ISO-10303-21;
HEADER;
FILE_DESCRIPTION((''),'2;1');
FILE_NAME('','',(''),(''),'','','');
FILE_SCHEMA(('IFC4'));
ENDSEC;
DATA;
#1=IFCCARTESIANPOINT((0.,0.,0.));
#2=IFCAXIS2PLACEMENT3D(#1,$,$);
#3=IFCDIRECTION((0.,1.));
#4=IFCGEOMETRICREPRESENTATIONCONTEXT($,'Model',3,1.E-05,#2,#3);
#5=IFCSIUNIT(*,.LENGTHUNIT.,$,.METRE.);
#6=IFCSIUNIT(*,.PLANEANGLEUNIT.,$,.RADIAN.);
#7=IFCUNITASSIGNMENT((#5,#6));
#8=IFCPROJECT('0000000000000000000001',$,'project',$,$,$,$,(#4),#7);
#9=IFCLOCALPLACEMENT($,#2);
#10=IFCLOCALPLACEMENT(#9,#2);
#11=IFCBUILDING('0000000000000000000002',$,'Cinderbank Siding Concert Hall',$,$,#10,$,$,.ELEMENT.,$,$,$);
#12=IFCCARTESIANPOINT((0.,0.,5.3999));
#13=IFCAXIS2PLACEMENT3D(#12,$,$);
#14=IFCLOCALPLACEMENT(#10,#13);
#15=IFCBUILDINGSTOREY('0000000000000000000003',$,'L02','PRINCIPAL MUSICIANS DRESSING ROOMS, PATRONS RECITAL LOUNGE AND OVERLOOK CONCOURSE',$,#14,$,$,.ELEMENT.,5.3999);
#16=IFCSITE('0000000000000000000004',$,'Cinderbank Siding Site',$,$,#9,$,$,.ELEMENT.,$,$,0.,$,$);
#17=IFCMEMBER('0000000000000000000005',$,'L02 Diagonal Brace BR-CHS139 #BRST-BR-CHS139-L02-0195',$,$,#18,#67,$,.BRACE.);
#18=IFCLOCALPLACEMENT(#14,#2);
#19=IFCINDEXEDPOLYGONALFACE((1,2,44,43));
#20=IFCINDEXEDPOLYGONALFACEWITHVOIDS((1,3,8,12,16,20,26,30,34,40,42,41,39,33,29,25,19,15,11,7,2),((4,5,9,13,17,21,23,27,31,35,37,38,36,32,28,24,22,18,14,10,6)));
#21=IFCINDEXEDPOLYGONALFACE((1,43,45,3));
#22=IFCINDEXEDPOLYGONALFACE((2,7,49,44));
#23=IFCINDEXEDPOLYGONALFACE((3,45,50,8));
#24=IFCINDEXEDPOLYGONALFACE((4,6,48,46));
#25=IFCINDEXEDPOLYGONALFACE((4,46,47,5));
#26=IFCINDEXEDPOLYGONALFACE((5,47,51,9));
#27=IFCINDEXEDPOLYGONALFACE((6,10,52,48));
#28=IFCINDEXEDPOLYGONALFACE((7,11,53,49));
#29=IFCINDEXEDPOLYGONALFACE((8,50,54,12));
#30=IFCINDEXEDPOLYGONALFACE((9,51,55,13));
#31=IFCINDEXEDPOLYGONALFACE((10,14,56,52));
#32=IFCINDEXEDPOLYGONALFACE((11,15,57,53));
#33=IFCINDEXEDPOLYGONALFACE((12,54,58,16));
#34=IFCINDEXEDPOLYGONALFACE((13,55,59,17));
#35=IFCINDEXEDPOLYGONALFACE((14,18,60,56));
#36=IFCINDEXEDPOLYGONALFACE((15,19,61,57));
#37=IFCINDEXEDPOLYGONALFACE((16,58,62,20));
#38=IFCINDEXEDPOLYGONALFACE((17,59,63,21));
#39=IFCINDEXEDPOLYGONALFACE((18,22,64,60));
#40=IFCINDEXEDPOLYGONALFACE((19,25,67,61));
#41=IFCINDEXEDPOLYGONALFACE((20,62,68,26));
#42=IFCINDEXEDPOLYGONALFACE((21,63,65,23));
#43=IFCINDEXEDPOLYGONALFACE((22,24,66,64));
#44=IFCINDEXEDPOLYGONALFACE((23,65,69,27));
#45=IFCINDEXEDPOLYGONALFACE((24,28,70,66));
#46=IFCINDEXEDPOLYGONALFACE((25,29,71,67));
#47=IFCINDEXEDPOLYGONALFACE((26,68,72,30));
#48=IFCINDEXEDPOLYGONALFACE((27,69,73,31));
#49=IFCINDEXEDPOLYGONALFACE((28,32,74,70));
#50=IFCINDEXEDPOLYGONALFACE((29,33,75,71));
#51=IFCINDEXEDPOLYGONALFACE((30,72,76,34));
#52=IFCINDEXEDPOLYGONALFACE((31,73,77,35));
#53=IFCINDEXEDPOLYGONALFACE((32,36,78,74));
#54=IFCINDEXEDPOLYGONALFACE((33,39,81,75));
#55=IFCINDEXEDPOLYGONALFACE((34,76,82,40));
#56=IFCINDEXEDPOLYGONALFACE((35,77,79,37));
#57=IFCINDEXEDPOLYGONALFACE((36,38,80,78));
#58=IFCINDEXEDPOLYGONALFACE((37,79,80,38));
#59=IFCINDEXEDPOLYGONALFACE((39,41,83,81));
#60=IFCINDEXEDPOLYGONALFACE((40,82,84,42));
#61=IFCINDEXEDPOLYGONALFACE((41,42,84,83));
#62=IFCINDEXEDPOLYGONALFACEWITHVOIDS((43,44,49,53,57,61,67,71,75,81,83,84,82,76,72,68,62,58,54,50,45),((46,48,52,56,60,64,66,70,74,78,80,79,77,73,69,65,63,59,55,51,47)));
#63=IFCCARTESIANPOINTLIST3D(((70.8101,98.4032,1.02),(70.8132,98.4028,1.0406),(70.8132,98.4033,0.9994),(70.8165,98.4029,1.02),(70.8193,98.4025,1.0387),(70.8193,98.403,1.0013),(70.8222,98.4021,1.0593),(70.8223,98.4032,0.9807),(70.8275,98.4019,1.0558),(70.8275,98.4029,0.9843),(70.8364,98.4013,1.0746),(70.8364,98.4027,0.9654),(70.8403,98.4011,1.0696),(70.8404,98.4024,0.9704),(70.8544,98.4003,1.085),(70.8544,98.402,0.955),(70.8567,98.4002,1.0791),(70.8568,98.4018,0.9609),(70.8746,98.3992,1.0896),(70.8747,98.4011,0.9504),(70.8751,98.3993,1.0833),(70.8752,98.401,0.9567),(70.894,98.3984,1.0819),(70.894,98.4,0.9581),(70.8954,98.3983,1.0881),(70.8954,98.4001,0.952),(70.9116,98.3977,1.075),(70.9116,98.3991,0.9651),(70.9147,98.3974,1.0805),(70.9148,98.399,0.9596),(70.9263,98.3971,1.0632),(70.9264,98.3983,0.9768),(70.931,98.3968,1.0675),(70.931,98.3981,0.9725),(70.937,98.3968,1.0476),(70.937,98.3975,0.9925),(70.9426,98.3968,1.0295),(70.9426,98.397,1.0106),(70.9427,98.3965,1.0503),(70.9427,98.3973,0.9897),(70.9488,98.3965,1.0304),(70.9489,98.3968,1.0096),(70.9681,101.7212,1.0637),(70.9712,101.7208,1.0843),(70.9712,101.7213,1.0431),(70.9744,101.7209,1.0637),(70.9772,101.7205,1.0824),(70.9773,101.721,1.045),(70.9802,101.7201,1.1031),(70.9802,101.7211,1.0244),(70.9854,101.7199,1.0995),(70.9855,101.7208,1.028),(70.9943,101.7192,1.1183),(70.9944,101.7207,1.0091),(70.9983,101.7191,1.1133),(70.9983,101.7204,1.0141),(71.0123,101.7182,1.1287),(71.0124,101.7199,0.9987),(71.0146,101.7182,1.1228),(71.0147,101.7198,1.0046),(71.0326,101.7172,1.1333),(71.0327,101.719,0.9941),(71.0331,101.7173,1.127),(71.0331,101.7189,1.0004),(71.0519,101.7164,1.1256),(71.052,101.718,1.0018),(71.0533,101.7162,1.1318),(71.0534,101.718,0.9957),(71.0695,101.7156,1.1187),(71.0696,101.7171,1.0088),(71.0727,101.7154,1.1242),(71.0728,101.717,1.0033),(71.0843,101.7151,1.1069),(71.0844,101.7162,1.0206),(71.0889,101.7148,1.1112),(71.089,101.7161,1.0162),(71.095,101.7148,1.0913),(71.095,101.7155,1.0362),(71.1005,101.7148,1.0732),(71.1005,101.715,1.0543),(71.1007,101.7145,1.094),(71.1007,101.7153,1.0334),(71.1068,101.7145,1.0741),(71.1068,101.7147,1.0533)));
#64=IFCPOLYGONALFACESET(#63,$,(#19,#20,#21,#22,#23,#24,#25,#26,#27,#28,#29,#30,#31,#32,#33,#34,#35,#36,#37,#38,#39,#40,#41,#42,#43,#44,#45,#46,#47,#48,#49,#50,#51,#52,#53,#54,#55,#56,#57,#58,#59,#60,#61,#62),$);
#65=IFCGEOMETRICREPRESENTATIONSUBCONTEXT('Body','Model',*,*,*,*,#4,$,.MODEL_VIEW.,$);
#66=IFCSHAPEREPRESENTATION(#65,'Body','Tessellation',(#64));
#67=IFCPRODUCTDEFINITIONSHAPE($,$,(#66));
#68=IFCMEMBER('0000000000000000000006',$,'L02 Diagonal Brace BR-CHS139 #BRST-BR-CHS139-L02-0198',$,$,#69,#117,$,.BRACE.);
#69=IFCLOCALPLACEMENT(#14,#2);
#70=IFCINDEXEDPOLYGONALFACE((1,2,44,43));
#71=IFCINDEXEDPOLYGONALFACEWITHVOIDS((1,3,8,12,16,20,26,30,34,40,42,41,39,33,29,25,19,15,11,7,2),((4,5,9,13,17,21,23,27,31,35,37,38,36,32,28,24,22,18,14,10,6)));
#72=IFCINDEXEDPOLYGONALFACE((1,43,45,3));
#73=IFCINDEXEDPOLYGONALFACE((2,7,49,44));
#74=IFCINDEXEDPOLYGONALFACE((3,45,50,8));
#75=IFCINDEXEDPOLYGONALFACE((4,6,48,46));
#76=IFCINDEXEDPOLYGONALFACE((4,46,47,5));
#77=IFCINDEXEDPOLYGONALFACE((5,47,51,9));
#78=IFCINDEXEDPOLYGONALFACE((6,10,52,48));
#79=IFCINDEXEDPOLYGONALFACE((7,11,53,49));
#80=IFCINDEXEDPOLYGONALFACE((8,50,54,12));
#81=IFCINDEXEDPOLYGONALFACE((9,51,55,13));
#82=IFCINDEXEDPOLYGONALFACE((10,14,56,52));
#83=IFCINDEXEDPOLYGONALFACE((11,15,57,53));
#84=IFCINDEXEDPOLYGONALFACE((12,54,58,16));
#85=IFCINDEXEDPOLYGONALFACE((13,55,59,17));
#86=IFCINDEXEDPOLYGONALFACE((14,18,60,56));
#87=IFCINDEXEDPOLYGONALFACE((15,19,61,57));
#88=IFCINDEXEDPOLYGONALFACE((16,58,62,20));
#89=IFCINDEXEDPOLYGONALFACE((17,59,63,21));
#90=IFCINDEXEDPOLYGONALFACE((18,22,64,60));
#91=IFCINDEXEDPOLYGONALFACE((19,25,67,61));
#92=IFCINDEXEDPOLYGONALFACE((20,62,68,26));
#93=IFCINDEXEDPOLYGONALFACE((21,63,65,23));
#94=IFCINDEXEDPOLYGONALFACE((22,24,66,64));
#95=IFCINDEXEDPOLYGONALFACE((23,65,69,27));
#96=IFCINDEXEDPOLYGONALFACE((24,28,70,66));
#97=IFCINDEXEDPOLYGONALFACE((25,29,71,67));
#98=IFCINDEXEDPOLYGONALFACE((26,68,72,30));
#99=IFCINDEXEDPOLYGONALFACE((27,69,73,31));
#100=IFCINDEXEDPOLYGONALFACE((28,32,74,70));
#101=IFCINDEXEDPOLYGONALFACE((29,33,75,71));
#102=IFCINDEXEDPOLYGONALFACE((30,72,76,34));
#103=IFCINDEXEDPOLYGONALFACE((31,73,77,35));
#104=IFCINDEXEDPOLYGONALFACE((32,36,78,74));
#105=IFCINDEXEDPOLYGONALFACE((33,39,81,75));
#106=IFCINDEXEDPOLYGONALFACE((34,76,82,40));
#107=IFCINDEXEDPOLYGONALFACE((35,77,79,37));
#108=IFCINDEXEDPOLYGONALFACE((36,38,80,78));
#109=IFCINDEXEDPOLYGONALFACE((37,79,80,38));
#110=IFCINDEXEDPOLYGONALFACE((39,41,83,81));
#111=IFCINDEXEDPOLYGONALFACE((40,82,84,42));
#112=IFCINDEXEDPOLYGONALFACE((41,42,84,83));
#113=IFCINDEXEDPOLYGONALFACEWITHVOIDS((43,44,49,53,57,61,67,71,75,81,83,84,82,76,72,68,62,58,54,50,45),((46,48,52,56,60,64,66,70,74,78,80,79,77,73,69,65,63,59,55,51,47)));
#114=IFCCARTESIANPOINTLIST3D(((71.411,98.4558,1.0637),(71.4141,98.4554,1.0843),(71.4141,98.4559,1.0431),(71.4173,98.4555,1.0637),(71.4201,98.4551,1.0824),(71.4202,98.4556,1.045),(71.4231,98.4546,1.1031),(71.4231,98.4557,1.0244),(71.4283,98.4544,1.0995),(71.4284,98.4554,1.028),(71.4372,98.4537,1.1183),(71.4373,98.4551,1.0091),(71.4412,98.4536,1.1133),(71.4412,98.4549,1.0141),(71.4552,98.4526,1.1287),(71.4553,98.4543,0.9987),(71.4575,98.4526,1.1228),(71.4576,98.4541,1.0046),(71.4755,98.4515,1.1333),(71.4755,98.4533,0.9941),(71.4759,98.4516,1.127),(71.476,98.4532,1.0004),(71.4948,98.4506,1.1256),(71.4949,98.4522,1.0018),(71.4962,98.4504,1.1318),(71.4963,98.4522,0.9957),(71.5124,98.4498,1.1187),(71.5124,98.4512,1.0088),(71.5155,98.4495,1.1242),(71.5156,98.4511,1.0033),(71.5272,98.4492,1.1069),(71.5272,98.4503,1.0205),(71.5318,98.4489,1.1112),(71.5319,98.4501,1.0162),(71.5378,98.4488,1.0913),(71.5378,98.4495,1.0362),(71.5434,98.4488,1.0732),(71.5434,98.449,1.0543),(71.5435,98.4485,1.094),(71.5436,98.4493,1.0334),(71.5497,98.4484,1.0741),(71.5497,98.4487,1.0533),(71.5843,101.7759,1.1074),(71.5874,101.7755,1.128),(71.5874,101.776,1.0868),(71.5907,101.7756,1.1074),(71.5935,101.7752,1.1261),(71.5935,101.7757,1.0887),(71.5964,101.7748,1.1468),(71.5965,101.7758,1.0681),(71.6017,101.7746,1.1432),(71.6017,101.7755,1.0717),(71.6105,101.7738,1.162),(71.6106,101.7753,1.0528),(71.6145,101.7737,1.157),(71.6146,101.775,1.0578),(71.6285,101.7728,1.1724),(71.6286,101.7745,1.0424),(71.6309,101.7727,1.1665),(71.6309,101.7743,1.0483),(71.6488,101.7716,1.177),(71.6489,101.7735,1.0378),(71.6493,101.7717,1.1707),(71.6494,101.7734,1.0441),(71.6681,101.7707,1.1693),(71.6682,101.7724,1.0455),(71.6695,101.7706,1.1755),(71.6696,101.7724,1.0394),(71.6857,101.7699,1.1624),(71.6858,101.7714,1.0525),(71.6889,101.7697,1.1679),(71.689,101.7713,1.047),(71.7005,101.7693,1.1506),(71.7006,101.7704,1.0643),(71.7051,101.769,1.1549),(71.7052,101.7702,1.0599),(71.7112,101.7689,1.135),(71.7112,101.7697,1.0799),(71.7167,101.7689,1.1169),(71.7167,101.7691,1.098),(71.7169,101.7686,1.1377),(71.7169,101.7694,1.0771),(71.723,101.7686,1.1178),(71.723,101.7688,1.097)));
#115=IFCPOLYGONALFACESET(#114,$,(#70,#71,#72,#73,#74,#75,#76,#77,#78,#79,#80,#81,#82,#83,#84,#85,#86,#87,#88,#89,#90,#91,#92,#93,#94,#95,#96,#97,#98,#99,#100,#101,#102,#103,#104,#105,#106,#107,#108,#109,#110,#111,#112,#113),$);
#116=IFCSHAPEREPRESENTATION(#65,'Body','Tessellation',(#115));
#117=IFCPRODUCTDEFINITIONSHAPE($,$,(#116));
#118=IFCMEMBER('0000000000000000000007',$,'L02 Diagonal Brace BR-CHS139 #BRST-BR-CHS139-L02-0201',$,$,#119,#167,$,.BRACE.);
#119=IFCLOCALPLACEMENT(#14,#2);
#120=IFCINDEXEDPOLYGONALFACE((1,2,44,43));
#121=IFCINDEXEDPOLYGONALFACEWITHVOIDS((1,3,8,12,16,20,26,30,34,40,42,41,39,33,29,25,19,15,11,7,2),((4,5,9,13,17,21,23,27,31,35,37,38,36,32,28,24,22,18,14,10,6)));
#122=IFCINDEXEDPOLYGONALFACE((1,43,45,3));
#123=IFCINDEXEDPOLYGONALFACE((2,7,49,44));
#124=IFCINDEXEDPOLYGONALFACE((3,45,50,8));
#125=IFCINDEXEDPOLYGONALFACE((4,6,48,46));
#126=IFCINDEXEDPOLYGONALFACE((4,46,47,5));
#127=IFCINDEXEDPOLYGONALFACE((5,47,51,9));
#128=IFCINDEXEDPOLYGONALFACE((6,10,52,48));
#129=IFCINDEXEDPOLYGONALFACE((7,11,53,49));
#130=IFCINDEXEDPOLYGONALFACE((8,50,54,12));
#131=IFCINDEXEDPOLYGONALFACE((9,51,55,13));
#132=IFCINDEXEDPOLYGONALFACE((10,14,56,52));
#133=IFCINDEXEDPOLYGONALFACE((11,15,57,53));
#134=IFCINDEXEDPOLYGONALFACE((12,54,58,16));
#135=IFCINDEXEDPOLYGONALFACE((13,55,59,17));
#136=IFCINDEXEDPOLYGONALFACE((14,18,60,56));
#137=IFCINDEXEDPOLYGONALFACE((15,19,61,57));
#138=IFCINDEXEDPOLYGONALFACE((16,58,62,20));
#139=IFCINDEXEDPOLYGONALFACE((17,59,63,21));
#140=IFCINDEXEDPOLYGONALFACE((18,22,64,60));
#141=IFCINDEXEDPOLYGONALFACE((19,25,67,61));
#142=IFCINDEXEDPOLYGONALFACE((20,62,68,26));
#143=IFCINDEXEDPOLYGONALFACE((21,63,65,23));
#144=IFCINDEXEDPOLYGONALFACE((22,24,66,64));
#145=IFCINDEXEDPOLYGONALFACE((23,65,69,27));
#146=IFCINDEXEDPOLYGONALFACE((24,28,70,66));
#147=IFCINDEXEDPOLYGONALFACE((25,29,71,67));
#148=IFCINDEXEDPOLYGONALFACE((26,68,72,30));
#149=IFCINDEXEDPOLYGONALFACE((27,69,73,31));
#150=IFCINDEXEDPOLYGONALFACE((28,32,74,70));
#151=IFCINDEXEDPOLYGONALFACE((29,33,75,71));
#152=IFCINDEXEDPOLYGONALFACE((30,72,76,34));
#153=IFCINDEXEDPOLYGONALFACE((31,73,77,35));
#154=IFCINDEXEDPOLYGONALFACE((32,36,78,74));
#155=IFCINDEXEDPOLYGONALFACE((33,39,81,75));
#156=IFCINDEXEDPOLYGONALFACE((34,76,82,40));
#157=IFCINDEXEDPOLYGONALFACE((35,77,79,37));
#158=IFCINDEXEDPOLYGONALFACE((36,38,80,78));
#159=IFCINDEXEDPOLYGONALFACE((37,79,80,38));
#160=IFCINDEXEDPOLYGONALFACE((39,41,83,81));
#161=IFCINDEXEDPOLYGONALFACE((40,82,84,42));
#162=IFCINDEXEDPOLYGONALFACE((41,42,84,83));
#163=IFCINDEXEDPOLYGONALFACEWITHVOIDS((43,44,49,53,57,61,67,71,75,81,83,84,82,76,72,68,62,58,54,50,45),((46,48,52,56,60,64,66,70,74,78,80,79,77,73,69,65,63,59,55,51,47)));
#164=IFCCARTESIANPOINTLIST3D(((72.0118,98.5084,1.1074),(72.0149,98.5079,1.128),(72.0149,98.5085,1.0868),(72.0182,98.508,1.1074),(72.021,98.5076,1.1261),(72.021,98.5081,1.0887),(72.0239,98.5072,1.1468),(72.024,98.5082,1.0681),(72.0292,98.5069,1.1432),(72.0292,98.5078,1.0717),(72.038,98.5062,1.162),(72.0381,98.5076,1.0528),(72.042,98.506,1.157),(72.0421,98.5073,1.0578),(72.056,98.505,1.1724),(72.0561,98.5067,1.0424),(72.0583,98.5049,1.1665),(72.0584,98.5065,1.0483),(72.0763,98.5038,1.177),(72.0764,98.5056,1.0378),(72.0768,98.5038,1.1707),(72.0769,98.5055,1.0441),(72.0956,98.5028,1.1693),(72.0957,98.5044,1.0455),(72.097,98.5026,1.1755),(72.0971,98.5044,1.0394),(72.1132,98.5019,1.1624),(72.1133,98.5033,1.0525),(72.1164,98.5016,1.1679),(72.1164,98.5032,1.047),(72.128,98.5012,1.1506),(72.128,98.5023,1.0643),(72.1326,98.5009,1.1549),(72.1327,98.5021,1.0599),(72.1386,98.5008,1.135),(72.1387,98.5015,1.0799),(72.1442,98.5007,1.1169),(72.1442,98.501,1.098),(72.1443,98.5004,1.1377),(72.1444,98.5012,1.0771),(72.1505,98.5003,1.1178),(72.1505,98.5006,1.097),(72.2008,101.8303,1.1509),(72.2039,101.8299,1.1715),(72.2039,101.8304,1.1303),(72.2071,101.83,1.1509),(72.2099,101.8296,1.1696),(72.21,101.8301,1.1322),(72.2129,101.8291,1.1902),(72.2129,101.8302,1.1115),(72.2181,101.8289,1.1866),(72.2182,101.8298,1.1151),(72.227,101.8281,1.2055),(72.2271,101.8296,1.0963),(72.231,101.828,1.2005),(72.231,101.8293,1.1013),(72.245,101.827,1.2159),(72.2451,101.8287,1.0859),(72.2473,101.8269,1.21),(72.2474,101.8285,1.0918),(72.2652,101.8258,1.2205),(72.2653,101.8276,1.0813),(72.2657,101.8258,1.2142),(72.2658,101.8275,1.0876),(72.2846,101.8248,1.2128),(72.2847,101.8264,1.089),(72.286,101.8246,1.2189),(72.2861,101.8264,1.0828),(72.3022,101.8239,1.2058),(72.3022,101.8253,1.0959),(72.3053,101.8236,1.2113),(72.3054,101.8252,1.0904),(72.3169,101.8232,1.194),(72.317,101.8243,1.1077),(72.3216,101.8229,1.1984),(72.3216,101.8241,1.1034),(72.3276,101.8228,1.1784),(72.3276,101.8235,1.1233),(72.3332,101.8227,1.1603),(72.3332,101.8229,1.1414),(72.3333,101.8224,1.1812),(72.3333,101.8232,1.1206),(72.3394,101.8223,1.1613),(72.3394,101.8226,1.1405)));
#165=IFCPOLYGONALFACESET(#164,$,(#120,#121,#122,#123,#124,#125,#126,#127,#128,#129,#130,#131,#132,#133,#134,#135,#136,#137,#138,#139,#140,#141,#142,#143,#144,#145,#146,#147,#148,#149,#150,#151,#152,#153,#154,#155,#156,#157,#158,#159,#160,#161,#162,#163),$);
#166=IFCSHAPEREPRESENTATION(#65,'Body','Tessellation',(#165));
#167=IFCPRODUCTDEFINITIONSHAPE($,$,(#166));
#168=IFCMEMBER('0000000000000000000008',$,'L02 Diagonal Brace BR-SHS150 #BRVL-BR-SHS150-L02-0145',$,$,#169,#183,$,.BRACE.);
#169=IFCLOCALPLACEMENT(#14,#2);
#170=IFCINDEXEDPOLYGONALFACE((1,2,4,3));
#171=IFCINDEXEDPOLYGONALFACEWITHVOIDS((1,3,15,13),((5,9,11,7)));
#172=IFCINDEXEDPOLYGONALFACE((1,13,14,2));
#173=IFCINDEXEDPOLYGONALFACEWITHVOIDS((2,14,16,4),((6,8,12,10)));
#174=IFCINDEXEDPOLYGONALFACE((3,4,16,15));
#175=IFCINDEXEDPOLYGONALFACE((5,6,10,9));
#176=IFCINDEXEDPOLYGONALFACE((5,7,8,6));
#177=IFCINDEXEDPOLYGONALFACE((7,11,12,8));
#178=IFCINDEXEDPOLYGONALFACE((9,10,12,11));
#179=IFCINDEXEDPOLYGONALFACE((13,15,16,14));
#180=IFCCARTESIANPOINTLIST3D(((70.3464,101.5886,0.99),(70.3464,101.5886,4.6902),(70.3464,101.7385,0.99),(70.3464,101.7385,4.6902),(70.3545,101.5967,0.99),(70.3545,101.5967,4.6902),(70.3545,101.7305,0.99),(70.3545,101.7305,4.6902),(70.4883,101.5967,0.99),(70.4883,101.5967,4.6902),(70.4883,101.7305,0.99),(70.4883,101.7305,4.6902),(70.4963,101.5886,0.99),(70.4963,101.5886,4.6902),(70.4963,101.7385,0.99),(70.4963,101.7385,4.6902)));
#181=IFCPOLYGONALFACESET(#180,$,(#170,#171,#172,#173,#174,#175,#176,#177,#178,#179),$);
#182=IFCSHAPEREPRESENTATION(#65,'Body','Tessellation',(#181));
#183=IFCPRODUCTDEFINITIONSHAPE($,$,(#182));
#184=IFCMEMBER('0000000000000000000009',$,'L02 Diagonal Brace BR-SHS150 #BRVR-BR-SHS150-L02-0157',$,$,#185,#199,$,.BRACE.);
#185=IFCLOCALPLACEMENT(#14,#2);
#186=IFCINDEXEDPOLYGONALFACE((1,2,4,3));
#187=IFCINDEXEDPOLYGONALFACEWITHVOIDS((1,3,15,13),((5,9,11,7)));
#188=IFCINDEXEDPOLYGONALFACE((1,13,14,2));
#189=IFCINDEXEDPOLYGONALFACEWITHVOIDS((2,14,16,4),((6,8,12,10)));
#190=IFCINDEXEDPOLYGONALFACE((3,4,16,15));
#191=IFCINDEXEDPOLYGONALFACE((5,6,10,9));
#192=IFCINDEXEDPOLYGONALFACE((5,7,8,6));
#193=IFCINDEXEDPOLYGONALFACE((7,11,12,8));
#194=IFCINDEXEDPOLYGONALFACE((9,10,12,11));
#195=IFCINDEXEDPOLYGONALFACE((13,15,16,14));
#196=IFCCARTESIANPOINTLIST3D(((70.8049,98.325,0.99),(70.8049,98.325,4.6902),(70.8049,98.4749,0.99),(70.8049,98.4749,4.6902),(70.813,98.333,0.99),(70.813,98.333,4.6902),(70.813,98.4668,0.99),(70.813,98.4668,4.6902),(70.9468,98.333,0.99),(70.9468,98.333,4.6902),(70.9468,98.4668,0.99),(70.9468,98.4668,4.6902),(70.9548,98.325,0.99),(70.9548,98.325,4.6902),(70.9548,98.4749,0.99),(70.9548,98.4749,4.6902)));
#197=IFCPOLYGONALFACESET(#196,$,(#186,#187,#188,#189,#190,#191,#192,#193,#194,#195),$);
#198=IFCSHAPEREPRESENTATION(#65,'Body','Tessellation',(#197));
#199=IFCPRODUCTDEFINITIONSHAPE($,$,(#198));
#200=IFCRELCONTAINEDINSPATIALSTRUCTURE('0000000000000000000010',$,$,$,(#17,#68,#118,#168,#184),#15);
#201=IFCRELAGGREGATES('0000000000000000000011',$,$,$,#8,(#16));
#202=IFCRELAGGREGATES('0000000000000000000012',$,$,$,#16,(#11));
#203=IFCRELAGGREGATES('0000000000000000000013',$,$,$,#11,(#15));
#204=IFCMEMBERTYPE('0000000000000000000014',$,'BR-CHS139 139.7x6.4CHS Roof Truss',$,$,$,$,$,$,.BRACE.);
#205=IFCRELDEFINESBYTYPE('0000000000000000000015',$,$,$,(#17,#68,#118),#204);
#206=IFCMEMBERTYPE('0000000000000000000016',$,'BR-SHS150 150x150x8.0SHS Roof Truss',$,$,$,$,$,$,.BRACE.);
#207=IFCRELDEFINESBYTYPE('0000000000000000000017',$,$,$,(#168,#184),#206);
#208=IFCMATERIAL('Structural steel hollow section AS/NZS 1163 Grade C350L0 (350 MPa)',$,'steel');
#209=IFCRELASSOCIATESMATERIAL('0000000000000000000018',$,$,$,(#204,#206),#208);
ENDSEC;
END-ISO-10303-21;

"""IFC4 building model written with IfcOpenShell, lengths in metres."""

from ifc_helpers import new_model, si_unit, direction, frame, origin, origin_2d, place, context, subcontext, project, spatial, hollow_rectangle, hollow_circle, extrude, material, material_profile, profile_set, type_object, element, save


model = new_model("IFC4")

# Units and contexts
model_context = context("Model", 3, precision=1e-05, world=origin(), true_north=direction((0.0, 1.0)))
body_context = subcontext(model_context, "Body", "Model", "MODEL_VIEW")
ifc_project = project(units=[si_unit("LENGTHUNIT", "METRE"), si_unit("PLANEANGLEUNIT", "RADIAN")], contexts=[model_context])

# Site, building, storey
site_placement = place(None, origin())
site = spatial("IfcSite", under=ifc_project, at=site_placement, Name="Cinderbank Siding Site", CompositionType="ELEMENT", RefElevation=0.0)
building_placement = place(site_placement, origin())
building = spatial("IfcBuilding", under=site, at=building_placement, Name="Cinderbank Siding Concert Hall", CompositionType="ELEMENT")
storey_placement = place(building_placement, frame((0.0, 0.0, 5.3999)))
storey = spatial("IfcBuildingStorey", under=building, at=storey_placement, Name="L02", Description="PRINCIPAL MUSICIANS DRESSING ROOMS, PATRONS RECITAL LOUNGE AND OVERLOOK CONCOURSE", CompositionType="ELEMENT", Elevation=5.3999)

# Members
ifc_material_1 = material(Name="Structural steel hollow section AS/NZS 1163 Grade C350L0 (350 MPa)", Category="steel")
ifc_material_profile_1 = material_profile(ifc_material_1, hollow_circle(Radius=0.0698, WallThickness=0.0063, at=origin_2d()), Name="139.7x6.4CHS", Category="LoadBearing")
ifc_profile_set_1 = profile_set([ifc_material_profile_1], Name="Structural steel hollow section AS/NZS 1163 Grade C350L0 (350 MPa)")
member_type_1 = type_object("IfcMemberType", Name="BR-CHS139 139.7x6.4CHS Roof Truss", PredefinedType="BRACE", material=ifc_profile_set_1)
member_1_placement = place(storey_placement, frame((70.8799, 98.3999, 1.02), z_axis=(0.047551, 0.998782, 0.013155), x_axis=(-0.998869, 0.047555, 0.0)))
element("IfcMember", 1, at=member_1_placement, inside=storey, type_object=member_type_1, Name="L02 Diagonal Brace BR-CHS139 #BRST-BR-CHS139-L02-0195", PredefinedType="BRACE", context=body_context, shape_type="SweptSolid", body=[
    extrude(hollow_circle(Radius=0.0698, WallThickness=0.0063, at=origin_2d()), origin(), (0.0, 0.0, 1.0), 3.322),
])
member_2_placement = place(storey_placement, frame((71.4807, 98.4521, 1.0637), z_axis=(0.052134, 0.998554, 0.013144), x_axis=(-0.99864, 0.052139, 0.0)))
element("IfcMember", 2, at=member_2_placement, inside=storey, type_object=member_type_1, Name="L02 Diagonal Brace BR-CHS139 #BRST-BR-CHS139-L02-0198", PredefinedType="BRACE", context=body_context, shape_type="SweptSolid", body=[
    extrude(hollow_circle(Radius=0.0698, WallThickness=0.0063, at=origin_2d()), origin(), (0.0, 0.0, 1.0), 3.325),
])
member_3_placement = place(storey_placement, frame((72.0815, 98.5044, 1.1074), z_axis=(0.056786, 0.998301, 0.013059), x_axis=(-0.998386, 0.056791, 0.0)))
element("IfcMember", 3, at=member_3_placement, inside=storey, type_object=member_type_1, Name="L02 Diagonal Brace BR-CHS139 #BRST-BR-CHS139-L02-0201", PredefinedType="BRACE", context=body_context, shape_type="SweptSolid", body=[
    extrude(hollow_circle(Radius=0.0698, WallThickness=0.0063, at=origin_2d()), origin(), (0.0, 0.0, 1.0), 3.3276),
])
ifc_material_profile_2 = material_profile(ifc_material_1, hollow_rectangle(XDim=0.1499, YDim=0.1499, WallThickness=0.0081, at=origin_2d()), Name="150x150x8.0SHS", Category="LoadBearing")
ifc_profile_set_2 = profile_set([ifc_material_profile_2], Name="Structural steel hollow section AS/NZS 1163 Grade C350L0 (350 MPa)")
member_type_2 = type_object("IfcMemberType", Name="BR-SHS150 150x150x8.0SHS Roof Truss", PredefinedType="BRACE", material=ifc_profile_set_2)
for number, where, z_axis, x_axis, name in (
    (4, (70.4214, 101.6636, 0.99), (0.0, 0.0, 1.0), (1.0, 0.0, 0.0), "L02 Diagonal Brace BR-SHS150 #BRVL-BR-SHS150-L02-0145"),
    (5, (70.8799, 98.3999, 0.99), (0.0, 0.0, 1.0), (1.0, 0.0, 0.0), "L02 Diagonal Brace BR-SHS150 #BRVR-BR-SHS150-L02-0157"),
):
    element("IfcMember", number, at=place(storey_placement, frame(where, z_axis=z_axis, x_axis=x_axis)), inside=storey, type_object=member_type_2, Name=name, PredefinedType="BRACE", context=body_context, shape_type="SweptSolid", body=[
        extrude(hollow_rectangle(XDim=0.1499, YDim=0.1499, WallThickness=0.0081, at=origin_2d()), origin(), (0.0, 0.0, 1.0), 3.7002),
    ])

save(model, "model.ifc")
